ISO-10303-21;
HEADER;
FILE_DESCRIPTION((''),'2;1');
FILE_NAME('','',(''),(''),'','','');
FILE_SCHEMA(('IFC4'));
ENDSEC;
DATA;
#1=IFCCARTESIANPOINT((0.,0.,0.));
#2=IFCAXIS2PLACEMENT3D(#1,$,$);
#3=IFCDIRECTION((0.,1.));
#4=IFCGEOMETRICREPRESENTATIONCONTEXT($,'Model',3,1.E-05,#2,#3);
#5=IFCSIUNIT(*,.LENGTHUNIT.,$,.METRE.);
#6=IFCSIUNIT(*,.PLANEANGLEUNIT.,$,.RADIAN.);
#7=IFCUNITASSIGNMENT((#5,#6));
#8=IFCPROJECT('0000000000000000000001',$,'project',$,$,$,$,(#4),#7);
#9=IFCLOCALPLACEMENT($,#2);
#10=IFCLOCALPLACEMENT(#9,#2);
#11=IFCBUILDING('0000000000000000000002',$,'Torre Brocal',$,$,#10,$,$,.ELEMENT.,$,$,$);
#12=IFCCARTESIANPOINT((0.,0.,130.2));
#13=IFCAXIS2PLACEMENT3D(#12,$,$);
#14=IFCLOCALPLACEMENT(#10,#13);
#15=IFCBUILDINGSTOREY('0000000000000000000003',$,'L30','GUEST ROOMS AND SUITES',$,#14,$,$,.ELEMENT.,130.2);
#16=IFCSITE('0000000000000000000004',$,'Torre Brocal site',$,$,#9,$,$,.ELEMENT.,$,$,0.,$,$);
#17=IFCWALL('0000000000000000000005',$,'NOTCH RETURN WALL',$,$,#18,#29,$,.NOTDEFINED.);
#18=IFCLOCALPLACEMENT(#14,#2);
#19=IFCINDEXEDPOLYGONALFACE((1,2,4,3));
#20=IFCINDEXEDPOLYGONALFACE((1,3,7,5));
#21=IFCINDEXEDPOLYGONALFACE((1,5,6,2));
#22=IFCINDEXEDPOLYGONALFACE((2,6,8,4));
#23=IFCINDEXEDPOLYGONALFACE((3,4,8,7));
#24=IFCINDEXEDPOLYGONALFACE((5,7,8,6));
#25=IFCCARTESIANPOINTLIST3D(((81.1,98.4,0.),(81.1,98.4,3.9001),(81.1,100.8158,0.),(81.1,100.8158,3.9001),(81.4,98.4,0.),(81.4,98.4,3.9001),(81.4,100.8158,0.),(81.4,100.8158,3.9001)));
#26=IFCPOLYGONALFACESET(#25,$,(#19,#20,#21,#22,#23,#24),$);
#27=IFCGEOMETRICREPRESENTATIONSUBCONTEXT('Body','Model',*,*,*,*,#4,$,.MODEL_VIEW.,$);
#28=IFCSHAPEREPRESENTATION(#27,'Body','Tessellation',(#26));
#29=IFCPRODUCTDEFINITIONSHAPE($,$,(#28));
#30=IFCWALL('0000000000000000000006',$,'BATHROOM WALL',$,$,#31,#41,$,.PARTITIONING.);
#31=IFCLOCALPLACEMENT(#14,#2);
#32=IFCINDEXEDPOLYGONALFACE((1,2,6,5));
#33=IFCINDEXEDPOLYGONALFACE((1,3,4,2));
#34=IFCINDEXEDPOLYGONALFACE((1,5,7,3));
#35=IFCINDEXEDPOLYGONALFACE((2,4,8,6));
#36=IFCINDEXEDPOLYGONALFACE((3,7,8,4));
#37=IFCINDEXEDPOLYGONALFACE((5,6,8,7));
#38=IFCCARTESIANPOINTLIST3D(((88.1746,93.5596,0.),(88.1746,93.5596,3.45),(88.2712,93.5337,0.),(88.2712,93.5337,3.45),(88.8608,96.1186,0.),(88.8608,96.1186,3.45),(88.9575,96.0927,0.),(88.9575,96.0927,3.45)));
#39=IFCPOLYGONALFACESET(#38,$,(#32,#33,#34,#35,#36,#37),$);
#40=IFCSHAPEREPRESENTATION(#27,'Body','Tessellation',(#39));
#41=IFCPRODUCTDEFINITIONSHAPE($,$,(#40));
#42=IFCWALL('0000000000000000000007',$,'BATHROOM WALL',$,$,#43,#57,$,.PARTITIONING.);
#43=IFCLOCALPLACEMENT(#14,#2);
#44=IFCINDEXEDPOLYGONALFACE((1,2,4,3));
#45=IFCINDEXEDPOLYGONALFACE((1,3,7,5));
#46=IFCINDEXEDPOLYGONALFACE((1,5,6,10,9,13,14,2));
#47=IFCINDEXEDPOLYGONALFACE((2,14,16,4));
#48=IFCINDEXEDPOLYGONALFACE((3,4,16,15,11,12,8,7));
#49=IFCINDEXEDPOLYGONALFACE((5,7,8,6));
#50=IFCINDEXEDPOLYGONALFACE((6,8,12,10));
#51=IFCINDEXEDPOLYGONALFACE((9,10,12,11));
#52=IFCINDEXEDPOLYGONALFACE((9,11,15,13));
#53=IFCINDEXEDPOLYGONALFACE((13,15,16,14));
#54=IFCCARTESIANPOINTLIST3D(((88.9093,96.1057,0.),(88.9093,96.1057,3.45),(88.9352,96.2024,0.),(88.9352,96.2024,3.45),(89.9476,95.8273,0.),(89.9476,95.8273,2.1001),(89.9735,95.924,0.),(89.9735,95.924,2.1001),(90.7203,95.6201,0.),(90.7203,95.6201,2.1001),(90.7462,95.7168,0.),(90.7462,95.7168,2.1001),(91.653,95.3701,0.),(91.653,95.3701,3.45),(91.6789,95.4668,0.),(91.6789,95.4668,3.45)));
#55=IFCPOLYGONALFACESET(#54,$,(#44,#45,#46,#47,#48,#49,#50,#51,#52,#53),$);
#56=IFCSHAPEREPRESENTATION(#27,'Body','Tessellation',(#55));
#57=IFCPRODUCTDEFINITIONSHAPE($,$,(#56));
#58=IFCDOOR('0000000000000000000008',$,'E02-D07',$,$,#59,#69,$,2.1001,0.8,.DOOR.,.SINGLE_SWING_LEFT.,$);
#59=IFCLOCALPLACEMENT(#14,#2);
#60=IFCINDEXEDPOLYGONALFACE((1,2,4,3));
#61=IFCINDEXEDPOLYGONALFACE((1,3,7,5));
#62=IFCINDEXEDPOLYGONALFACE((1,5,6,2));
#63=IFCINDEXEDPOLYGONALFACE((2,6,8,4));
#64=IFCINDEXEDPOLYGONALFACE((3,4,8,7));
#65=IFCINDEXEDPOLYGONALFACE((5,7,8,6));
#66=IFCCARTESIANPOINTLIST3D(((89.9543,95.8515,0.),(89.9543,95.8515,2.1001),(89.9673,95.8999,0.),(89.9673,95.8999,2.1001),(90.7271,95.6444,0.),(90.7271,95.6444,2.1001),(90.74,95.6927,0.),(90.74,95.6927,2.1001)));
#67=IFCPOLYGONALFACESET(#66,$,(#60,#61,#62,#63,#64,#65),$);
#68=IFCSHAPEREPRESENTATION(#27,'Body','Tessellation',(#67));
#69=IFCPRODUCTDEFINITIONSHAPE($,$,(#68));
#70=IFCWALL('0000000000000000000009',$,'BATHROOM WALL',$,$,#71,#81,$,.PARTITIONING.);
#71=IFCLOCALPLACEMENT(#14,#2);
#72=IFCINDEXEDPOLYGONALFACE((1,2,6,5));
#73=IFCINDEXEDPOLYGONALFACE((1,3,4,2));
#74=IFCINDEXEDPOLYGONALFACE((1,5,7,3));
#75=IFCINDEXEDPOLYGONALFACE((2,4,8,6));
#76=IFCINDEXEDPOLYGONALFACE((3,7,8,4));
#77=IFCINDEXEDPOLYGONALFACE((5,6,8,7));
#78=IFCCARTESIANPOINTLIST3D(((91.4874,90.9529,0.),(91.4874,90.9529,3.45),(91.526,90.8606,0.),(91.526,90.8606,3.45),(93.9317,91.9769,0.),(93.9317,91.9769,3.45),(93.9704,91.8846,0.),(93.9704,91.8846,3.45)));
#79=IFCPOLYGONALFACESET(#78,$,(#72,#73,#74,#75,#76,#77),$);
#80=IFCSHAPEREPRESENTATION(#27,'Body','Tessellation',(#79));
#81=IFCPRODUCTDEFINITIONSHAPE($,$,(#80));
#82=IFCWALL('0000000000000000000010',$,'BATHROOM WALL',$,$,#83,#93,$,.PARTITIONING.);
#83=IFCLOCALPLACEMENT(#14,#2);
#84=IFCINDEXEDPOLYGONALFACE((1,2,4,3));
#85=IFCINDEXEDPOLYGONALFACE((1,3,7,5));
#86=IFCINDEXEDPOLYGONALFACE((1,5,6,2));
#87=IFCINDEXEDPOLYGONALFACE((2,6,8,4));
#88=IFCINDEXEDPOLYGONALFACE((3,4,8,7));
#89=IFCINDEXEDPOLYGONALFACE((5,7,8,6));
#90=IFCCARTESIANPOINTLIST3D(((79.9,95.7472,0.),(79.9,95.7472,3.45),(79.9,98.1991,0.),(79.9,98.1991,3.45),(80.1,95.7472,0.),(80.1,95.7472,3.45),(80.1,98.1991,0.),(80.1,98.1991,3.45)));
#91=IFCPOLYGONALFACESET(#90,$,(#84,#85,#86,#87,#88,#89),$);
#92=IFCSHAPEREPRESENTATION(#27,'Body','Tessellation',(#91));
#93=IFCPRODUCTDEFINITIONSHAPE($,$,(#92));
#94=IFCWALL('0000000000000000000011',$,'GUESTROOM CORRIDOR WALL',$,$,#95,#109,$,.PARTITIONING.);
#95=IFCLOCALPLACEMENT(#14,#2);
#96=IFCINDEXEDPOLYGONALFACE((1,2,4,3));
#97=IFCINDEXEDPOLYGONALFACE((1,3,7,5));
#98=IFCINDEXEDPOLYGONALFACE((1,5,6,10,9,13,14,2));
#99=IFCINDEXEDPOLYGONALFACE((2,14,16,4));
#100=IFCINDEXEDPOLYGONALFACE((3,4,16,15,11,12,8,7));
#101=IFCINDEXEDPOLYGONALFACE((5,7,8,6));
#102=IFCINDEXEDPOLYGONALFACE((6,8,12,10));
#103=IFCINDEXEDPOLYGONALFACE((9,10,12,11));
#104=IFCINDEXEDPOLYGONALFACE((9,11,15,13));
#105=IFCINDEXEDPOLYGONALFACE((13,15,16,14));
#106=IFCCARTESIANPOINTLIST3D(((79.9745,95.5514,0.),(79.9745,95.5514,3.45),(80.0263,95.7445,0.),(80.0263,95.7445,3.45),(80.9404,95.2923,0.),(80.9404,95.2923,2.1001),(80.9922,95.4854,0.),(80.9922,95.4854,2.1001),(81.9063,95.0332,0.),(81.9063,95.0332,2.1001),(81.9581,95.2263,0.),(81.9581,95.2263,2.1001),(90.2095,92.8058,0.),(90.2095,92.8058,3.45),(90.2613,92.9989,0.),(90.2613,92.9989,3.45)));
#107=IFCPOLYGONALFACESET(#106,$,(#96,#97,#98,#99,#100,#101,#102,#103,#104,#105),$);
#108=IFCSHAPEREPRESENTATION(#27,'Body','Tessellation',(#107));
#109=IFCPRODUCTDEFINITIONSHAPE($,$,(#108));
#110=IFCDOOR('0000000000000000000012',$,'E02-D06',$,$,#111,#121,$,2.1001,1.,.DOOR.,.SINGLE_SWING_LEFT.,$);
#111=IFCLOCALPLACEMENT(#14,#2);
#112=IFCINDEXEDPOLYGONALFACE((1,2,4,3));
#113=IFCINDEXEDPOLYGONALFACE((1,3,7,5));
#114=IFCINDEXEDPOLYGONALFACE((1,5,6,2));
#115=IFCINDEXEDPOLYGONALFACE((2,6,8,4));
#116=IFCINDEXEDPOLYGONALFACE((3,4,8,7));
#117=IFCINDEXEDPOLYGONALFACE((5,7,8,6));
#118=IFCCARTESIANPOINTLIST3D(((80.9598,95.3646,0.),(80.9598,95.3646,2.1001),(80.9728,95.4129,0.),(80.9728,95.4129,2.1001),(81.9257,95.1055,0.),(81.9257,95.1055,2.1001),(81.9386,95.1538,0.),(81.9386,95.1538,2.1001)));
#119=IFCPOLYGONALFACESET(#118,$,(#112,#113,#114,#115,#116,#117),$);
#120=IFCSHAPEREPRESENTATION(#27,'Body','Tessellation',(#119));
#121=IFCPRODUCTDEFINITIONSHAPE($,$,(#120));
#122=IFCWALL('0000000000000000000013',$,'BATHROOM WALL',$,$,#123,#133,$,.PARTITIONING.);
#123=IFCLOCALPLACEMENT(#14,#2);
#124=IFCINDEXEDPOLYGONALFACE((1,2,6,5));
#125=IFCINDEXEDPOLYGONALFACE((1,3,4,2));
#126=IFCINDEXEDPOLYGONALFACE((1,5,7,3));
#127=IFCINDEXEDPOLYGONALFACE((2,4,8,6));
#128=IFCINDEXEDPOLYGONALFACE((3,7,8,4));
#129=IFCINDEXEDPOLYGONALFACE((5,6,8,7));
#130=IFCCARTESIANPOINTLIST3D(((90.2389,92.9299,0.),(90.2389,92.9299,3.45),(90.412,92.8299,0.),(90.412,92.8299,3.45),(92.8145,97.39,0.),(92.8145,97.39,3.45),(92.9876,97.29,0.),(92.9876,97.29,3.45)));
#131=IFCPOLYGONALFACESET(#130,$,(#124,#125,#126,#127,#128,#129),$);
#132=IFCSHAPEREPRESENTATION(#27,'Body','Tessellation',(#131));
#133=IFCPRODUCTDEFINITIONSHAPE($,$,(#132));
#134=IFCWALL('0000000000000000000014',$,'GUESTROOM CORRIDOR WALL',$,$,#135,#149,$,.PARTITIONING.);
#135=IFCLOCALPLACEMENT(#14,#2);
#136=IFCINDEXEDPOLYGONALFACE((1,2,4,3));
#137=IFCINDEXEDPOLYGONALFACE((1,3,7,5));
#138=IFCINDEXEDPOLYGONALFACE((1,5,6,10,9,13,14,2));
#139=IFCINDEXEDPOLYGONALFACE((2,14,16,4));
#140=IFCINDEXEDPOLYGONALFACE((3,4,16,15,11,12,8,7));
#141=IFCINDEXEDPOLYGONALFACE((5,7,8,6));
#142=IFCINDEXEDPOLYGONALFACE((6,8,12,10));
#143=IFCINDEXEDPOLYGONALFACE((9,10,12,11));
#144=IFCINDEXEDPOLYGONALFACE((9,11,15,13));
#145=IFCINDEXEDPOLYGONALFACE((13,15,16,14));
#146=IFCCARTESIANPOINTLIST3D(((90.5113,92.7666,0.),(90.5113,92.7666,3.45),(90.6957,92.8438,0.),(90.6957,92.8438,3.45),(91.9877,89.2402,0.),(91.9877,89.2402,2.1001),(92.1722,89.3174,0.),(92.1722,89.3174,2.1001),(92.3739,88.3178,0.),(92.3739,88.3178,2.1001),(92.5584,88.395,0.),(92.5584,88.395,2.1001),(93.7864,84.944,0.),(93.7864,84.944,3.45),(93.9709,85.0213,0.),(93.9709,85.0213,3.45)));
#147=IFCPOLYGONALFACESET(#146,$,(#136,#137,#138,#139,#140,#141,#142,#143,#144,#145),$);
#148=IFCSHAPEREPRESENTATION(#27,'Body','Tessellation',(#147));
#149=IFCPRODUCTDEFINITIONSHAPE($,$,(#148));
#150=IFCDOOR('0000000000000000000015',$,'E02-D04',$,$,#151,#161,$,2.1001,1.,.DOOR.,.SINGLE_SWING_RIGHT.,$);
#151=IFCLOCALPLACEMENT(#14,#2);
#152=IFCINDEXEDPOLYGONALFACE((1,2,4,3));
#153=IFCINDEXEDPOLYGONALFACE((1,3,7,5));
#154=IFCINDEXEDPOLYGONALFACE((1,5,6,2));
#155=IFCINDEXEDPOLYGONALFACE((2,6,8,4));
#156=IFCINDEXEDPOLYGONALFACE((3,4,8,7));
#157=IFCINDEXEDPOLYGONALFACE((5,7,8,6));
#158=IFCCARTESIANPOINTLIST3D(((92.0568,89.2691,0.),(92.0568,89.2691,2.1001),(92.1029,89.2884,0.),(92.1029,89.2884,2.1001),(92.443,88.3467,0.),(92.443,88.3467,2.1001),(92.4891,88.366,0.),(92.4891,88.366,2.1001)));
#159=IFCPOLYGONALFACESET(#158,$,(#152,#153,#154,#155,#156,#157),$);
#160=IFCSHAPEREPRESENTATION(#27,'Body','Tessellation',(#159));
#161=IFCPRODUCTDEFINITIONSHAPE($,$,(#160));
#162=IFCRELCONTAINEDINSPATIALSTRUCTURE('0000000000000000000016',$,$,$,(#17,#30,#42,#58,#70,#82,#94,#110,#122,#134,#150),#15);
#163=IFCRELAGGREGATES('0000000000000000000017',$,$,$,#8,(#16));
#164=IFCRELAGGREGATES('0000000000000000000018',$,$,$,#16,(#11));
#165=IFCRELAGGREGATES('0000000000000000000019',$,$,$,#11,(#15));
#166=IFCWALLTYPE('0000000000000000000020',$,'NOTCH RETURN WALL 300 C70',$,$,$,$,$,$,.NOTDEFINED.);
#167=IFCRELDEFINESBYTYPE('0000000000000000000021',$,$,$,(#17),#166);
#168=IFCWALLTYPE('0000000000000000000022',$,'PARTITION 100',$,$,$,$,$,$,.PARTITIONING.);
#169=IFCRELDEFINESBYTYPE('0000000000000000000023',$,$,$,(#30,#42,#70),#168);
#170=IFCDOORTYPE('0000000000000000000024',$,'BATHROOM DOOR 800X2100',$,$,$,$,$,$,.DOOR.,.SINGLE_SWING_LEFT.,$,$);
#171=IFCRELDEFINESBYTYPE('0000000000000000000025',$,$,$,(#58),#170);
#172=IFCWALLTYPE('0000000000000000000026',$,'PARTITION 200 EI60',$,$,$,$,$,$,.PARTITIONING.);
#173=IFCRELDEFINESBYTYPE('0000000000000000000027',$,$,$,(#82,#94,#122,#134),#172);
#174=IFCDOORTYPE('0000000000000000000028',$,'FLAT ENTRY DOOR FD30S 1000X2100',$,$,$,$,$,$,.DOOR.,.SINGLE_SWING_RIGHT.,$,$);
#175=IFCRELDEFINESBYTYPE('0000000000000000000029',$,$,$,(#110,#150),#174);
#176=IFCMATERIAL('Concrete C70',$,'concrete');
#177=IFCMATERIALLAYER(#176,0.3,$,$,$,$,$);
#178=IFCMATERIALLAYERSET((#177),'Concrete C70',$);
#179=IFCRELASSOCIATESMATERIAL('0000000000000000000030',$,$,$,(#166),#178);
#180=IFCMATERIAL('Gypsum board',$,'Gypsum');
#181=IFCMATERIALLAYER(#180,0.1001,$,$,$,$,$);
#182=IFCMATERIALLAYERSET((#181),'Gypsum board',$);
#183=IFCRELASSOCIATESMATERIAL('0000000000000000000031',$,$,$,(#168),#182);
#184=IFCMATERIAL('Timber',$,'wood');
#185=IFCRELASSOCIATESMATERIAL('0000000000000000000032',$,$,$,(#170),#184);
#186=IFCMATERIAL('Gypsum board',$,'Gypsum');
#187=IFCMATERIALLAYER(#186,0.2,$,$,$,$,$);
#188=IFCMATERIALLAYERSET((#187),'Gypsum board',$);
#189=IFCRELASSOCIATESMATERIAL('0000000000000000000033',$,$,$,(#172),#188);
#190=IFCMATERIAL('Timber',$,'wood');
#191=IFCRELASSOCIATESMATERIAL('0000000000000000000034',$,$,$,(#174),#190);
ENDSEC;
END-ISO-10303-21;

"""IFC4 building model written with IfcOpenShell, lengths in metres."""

from ifc_helpers import new_model, si_unit, direction, frame, frame_2d, origin, place, context, subcontext, project, spatial, rectangle, extrude, material, layer, layer_set, type_object, element, fill, save


model = new_model("IFC4")

# Units and contexts
model_context = context("Model", 3, precision=1e-05, world=origin(), true_north=direction((0.0, 1.0)))
body_context = subcontext(model_context, "Body", "Model", "MODEL_VIEW")
ifc_project = project(units=[si_unit("LENGTHUNIT", "METRE"), si_unit("PLANEANGLEUNIT", "RADIAN")], contexts=[model_context])

# Site, building, storey
site_placement = place(None, origin())
site = spatial("IfcSite", under=ifc_project, at=site_placement, Name="Torre Brocal site", CompositionType="ELEMENT", RefElevation=0.0)
building_placement = place(site_placement, origin())
building = spatial("IfcBuilding", under=site, at=building_placement, Name="Torre Brocal", CompositionType="ELEMENT")
storey_placement = place(building_placement, frame((0.0, 0.0, 130.2)))
storey = spatial("IfcBuildingStorey", under=building, at=storey_placement, Name="L30", Description="GUEST ROOMS AND SUITES", CompositionType="ELEMENT", Elevation=130.2)

# Walls
ifc_material_1 = material(Name="Concrete C70", Category="concrete")
ifc_layer_1 = layer(ifc_material_1, 0.3)
ifc_layer_set_1 = layer_set([ifc_layer_1], Name="Concrete C70")
wall_type_1 = type_object("IfcWallType", Name="NOTCH RETURN WALL 300 C70", PredefinedType="NOTDEFINED", material=ifc_layer_set_1)
wall_1_placement = place(storey_placement, frame((81.25, 98.3999, 0.0), z_axis=(0.0, 0.0, 1.0), x_axis=(0.0, 1.0, 0.0)))
element("IfcWall", 1, at=wall_1_placement, inside=storey, type_object=wall_type_1, Name="NOTCH RETURN WALL", PredefinedType="NOTDEFINED", context=body_context, shape_type="SweptSolid", body=[
    extrude(rectangle(XDim=2.4158, YDim=0.3, at=frame_2d((1.208, 0.0))), origin(), (0.0, 0.0, 1.0), 3.9001),
])
ifc_material_2 = material(Name="Gypsum board", Category="Gypsum")
ifc_layer_2 = layer(ifc_material_2, 0.1001)
ifc_layer_set_2 = layer_set([ifc_layer_2], Name="Gypsum board")
wall_type_2 = type_object("IfcWallType", Name="PARTITION 100", PredefinedType="PARTITIONING", material=ifc_layer_set_2)
wall_2_placement = place(storey_placement, frame((88.2229, 93.5466, 0.0), z_axis=(0.0, 0.0, 1.0), x_axis=(0.259022, 0.965872, 0.0)))
element("IfcWall", 2, at=wall_2_placement, inside=storey, type_object=wall_type_2, Name="BATHROOM WALL", PredefinedType="PARTITIONING", context=body_context, shape_type="SweptSolid", body=[
    extrude(rectangle(XDim=2.6494, YDim=0.1001, at=frame_2d((1.3247, 0.0))), origin(), (0.0, 0.0, 1.0), 3.45),
])

# Wall, opening, door
wall_3_placement = place(storey_placement, frame((88.9221, 96.1541, 0.0), z_axis=(0.0, 0.0, 1.0), x_axis=(0.965887, -0.258962, 0.0)))
wall_3 = element("IfcWall", 3, at=wall_3_placement, inside=storey, type_object=wall_type_2, Name="BATHROOM WALL", PredefinedType="PARTITIONING", context=body_context, shape_type="SweptSolid", body=[
    extrude(rectangle(XDim=2.8406, YDim=0.1001, at=frame_2d((1.4204, 0.0))), origin(), (0.0, 0.0, 1.0), 3.45),
])
opening_1_placement = place(wall_3_placement, frame((1.0752, 0.0, 0.0)))
opening_1 = element("IfcOpeningElement", 4, at=opening_1_placement, cuts=wall_3, PredefinedType="OPENING", context=body_context, shape_type="SweptSolid", body=[
    extrude(rectangle(XDim=0.8, YDim=2.1001, at=frame_2d((0.3999, 1.05))), frame((0.0, 0.0601, 0.0), z_axis=(0.0, -1.0, 0.0), x_axis=(1.0, 0.0, 0.0)), (0.0, 0.0, 1.0), 0.1201),
])
ifc_material_3 = material(Name="Timber", Category="wood")
door_type_1 = type_object("IfcDoorType", Name="BATHROOM DOOR 800X2100", OperationType="SINGLE_SWING_LEFT", PredefinedType="DOOR", material=ifc_material_3)
door_1_placement = place(opening_1_placement, frame((0.8, 0.0, 0.0), z_axis=(0.0, 0.0, 1.0), x_axis=(-1.0, 0.0, 0.0)))
door_1 = element("IfcDoor", 5, at=door_1_placement, inside=storey, type_object=door_type_1, Name="E02-D07", OperationType="SINGLE_SWING_LEFT", OverallHeight=2.1001, OverallWidth=0.8, PredefinedType="DOOR", context=body_context, shape_type="SweptSolid", body=[
    extrude(rectangle(XDim=0.8, YDim=2.1001, at=frame_2d((0.3999, 1.05))), frame((0.0, 0.0249, 0.0), z_axis=(0.0, -1.0, 0.0), x_axis=(1.0, 0.0, 0.0)), (0.0, 0.0, 1.0), 0.05),
])
fill(opening_1, door_1)

# Walls
wall_4_placement = place(storey_placement, frame((91.5066, 90.9067, 0.0), z_axis=(0.0, 0.0, 1.0), x_axis=(0.922345, 0.386368, 0.0)))
element("IfcWall", 6, at=wall_4_placement, inside=storey, type_object=wall_type_2, Name="BATHROOM WALL", PredefinedType="PARTITIONING", context=body_context, shape_type="SweptSolid", body=[
    extrude(rectangle(XDim=2.6501, YDim=0.1001, at=frame_2d((1.3252, 0.0))), origin(), (0.0, 0.0, 1.0), 3.45),
])
ifc_material_4 = material(Name="Gypsum board", Category="Gypsum")
ifc_layer_3 = layer(ifc_material_4, 0.2)
ifc_layer_set_3 = layer_set([ifc_layer_3], Name="Gypsum board")
wall_type_3 = type_object("IfcWallType", Name="PARTITION 200 EI60", PredefinedType="PARTITIONING", material=ifc_layer_set_3)
wall_5_placement = place(storey_placement, frame((80.0, 95.7471, 0.0), z_axis=(0.0, 0.0, 1.0), x_axis=(0.0, 1.0, 0.0)))
element("IfcWall", 7, at=wall_5_placement, inside=storey, type_object=wall_type_3, Name="BATHROOM WALL", PredefinedType="PARTITIONING", context=body_context, shape_type="SweptSolid", body=[
    extrude(rectangle(XDim=2.4519, YDim=0.2, at=frame_2d((1.2261, 0.0))), origin(), (0.0, 0.0, 1.0), 3.45),
])

# Wall, opening, door
wall_6_placement = place(storey_placement, frame((80.0005, 95.6479, 0.0), z_axis=(0.0, 0.0, 1.0), x_axis=(0.965852, -0.259093, 0.0)))
wall_6 = element("IfcWall", 8, at=wall_6_placement, inside=storey, type_object=wall_type_3, Name="GUESTROOM CORRIDOR WALL", PredefinedType="PARTITIONING", context=body_context, shape_type="SweptSolid", body=[
    extrude(rectangle(XDim=10.5969, YDim=0.2, at=frame_2d((5.2983, 0.0))), origin(), (0.0, 0.0, 1.0), 3.45),
])
opening_2_placement = place(wall_6_placement, frame((1.0, 0.0, 0.0)))
opening_2 = element("IfcOpeningElement", 9, at=opening_2_placement, cuts=wall_6, PredefinedType="OPENING", context=body_context, shape_type="SweptSolid", body=[
    extrude(rectangle(XDim=1.0, YDim=2.1001, at=frame_2d((0.5, 1.05))), frame((0.0, 0.1099, 0.0), z_axis=(0.0, -1.0, 0.0), x_axis=(1.0, 0.0, 0.0)), (0.0, 0.0, 1.0), 0.22),
])
ifc_material_5 = material(Name="Timber", Category="wood")
door_type_2 = type_object("IfcDoorType", Name="FLAT ENTRY DOOR FD30S 1000X2100", OperationType="SINGLE_SWING_RIGHT", PredefinedType="DOOR", material=ifc_material_5)
door_2_placement = place(opening_2_placement, origin())
door_2 = element("IfcDoor", 10, at=door_2_placement, inside=storey, type_object=door_type_2, Name="E02-D06", OperationType="SINGLE_SWING_LEFT", OverallHeight=2.1001, OverallWidth=1.0, PredefinedType="DOOR", context=body_context, shape_type="SweptSolid", body=[
    extrude(rectangle(XDim=1.0, YDim=2.1001, at=frame_2d((0.5, 1.05))), frame((0.0, 0.0249, 0.0), z_axis=(0.0, -1.0, 0.0), x_axis=(1.0, 0.0, 0.0)), (0.0, 0.0, 1.0), 0.05),
])
fill(opening_2, door_2)

# Wall
wall_7_placement = place(storey_placement, frame((90.3254, 92.8799, 0.0), z_axis=(0.0, 0.0, 1.0), x_axis=(0.500085, 0.865976, 0.0)))
element("IfcWall", 11, at=wall_7_placement, inside=storey, type_object=wall_type_3, Name="BATHROOM WALL", PredefinedType="PARTITIONING", context=body_context, shape_type="SweptSolid", body=[
    extrude(rectangle(XDim=5.1504, YDim=0.2, at=frame_2d((2.5752, 0.0))), origin(), (0.0, 0.0, 1.0), 3.45),
])

# Wall, opening, door
wall_8_placement = place(storey_placement, frame((90.6035, 92.8052, 0.0), z_axis=(0.0, 0.0, 1.0), x_axis=(0.386199, -0.922415, 0.0)))
wall_8 = element("IfcWall", 12, at=wall_8_placement, inside=storey, type_object=wall_type_3, Name="GUESTROOM CORRIDOR WALL", PredefinedType="PARTITIONING", context=body_context, shape_type="SweptSolid", body=[
    extrude(rectangle(XDim=8.4805, YDim=0.2, at=frame_2d((4.2402, 0.0))), origin(), (0.0, 0.0, 1.0), 3.45),
])
opening_3_placement = place(wall_8_placement, frame((3.823, 0.0, 0.0)))
opening_3 = element("IfcOpeningElement", 13, at=opening_3_placement, cuts=wall_8, PredefinedType="OPENING", context=body_context, shape_type="SweptSolid", body=[
    extrude(rectangle(XDim=1.0, YDim=2.1001, at=frame_2d((0.5, 1.05))), frame((0.0, 0.1099, 0.0), z_axis=(0.0, -1.0, 0.0), x_axis=(1.0, 0.0, 0.0)), (0.0, 0.0, 1.0), 0.22),
])
door_3_placement = place(opening_3_placement, origin())
door_3 = element("IfcDoor", 14, at=door_3_placement, inside=storey, type_object=door_type_2, Name="E02-D04", OperationType="SINGLE_SWING_RIGHT", OverallHeight=2.1001, OverallWidth=1.0, PredefinedType="DOOR", context=body_context, shape_type="SweptSolid", body=[
    extrude(rectangle(XDim=1.0, YDim=2.1001, at=frame_2d((0.5, 1.05))), frame((0.0, 0.0249, 0.0), z_axis=(0.0, -1.0, 0.0), x_axis=(1.0, 0.0, 0.0)), (0.0, 0.0, 1.0), 0.05),
])
fill(opening_3, door_3)

save(model, "model.ifc")
